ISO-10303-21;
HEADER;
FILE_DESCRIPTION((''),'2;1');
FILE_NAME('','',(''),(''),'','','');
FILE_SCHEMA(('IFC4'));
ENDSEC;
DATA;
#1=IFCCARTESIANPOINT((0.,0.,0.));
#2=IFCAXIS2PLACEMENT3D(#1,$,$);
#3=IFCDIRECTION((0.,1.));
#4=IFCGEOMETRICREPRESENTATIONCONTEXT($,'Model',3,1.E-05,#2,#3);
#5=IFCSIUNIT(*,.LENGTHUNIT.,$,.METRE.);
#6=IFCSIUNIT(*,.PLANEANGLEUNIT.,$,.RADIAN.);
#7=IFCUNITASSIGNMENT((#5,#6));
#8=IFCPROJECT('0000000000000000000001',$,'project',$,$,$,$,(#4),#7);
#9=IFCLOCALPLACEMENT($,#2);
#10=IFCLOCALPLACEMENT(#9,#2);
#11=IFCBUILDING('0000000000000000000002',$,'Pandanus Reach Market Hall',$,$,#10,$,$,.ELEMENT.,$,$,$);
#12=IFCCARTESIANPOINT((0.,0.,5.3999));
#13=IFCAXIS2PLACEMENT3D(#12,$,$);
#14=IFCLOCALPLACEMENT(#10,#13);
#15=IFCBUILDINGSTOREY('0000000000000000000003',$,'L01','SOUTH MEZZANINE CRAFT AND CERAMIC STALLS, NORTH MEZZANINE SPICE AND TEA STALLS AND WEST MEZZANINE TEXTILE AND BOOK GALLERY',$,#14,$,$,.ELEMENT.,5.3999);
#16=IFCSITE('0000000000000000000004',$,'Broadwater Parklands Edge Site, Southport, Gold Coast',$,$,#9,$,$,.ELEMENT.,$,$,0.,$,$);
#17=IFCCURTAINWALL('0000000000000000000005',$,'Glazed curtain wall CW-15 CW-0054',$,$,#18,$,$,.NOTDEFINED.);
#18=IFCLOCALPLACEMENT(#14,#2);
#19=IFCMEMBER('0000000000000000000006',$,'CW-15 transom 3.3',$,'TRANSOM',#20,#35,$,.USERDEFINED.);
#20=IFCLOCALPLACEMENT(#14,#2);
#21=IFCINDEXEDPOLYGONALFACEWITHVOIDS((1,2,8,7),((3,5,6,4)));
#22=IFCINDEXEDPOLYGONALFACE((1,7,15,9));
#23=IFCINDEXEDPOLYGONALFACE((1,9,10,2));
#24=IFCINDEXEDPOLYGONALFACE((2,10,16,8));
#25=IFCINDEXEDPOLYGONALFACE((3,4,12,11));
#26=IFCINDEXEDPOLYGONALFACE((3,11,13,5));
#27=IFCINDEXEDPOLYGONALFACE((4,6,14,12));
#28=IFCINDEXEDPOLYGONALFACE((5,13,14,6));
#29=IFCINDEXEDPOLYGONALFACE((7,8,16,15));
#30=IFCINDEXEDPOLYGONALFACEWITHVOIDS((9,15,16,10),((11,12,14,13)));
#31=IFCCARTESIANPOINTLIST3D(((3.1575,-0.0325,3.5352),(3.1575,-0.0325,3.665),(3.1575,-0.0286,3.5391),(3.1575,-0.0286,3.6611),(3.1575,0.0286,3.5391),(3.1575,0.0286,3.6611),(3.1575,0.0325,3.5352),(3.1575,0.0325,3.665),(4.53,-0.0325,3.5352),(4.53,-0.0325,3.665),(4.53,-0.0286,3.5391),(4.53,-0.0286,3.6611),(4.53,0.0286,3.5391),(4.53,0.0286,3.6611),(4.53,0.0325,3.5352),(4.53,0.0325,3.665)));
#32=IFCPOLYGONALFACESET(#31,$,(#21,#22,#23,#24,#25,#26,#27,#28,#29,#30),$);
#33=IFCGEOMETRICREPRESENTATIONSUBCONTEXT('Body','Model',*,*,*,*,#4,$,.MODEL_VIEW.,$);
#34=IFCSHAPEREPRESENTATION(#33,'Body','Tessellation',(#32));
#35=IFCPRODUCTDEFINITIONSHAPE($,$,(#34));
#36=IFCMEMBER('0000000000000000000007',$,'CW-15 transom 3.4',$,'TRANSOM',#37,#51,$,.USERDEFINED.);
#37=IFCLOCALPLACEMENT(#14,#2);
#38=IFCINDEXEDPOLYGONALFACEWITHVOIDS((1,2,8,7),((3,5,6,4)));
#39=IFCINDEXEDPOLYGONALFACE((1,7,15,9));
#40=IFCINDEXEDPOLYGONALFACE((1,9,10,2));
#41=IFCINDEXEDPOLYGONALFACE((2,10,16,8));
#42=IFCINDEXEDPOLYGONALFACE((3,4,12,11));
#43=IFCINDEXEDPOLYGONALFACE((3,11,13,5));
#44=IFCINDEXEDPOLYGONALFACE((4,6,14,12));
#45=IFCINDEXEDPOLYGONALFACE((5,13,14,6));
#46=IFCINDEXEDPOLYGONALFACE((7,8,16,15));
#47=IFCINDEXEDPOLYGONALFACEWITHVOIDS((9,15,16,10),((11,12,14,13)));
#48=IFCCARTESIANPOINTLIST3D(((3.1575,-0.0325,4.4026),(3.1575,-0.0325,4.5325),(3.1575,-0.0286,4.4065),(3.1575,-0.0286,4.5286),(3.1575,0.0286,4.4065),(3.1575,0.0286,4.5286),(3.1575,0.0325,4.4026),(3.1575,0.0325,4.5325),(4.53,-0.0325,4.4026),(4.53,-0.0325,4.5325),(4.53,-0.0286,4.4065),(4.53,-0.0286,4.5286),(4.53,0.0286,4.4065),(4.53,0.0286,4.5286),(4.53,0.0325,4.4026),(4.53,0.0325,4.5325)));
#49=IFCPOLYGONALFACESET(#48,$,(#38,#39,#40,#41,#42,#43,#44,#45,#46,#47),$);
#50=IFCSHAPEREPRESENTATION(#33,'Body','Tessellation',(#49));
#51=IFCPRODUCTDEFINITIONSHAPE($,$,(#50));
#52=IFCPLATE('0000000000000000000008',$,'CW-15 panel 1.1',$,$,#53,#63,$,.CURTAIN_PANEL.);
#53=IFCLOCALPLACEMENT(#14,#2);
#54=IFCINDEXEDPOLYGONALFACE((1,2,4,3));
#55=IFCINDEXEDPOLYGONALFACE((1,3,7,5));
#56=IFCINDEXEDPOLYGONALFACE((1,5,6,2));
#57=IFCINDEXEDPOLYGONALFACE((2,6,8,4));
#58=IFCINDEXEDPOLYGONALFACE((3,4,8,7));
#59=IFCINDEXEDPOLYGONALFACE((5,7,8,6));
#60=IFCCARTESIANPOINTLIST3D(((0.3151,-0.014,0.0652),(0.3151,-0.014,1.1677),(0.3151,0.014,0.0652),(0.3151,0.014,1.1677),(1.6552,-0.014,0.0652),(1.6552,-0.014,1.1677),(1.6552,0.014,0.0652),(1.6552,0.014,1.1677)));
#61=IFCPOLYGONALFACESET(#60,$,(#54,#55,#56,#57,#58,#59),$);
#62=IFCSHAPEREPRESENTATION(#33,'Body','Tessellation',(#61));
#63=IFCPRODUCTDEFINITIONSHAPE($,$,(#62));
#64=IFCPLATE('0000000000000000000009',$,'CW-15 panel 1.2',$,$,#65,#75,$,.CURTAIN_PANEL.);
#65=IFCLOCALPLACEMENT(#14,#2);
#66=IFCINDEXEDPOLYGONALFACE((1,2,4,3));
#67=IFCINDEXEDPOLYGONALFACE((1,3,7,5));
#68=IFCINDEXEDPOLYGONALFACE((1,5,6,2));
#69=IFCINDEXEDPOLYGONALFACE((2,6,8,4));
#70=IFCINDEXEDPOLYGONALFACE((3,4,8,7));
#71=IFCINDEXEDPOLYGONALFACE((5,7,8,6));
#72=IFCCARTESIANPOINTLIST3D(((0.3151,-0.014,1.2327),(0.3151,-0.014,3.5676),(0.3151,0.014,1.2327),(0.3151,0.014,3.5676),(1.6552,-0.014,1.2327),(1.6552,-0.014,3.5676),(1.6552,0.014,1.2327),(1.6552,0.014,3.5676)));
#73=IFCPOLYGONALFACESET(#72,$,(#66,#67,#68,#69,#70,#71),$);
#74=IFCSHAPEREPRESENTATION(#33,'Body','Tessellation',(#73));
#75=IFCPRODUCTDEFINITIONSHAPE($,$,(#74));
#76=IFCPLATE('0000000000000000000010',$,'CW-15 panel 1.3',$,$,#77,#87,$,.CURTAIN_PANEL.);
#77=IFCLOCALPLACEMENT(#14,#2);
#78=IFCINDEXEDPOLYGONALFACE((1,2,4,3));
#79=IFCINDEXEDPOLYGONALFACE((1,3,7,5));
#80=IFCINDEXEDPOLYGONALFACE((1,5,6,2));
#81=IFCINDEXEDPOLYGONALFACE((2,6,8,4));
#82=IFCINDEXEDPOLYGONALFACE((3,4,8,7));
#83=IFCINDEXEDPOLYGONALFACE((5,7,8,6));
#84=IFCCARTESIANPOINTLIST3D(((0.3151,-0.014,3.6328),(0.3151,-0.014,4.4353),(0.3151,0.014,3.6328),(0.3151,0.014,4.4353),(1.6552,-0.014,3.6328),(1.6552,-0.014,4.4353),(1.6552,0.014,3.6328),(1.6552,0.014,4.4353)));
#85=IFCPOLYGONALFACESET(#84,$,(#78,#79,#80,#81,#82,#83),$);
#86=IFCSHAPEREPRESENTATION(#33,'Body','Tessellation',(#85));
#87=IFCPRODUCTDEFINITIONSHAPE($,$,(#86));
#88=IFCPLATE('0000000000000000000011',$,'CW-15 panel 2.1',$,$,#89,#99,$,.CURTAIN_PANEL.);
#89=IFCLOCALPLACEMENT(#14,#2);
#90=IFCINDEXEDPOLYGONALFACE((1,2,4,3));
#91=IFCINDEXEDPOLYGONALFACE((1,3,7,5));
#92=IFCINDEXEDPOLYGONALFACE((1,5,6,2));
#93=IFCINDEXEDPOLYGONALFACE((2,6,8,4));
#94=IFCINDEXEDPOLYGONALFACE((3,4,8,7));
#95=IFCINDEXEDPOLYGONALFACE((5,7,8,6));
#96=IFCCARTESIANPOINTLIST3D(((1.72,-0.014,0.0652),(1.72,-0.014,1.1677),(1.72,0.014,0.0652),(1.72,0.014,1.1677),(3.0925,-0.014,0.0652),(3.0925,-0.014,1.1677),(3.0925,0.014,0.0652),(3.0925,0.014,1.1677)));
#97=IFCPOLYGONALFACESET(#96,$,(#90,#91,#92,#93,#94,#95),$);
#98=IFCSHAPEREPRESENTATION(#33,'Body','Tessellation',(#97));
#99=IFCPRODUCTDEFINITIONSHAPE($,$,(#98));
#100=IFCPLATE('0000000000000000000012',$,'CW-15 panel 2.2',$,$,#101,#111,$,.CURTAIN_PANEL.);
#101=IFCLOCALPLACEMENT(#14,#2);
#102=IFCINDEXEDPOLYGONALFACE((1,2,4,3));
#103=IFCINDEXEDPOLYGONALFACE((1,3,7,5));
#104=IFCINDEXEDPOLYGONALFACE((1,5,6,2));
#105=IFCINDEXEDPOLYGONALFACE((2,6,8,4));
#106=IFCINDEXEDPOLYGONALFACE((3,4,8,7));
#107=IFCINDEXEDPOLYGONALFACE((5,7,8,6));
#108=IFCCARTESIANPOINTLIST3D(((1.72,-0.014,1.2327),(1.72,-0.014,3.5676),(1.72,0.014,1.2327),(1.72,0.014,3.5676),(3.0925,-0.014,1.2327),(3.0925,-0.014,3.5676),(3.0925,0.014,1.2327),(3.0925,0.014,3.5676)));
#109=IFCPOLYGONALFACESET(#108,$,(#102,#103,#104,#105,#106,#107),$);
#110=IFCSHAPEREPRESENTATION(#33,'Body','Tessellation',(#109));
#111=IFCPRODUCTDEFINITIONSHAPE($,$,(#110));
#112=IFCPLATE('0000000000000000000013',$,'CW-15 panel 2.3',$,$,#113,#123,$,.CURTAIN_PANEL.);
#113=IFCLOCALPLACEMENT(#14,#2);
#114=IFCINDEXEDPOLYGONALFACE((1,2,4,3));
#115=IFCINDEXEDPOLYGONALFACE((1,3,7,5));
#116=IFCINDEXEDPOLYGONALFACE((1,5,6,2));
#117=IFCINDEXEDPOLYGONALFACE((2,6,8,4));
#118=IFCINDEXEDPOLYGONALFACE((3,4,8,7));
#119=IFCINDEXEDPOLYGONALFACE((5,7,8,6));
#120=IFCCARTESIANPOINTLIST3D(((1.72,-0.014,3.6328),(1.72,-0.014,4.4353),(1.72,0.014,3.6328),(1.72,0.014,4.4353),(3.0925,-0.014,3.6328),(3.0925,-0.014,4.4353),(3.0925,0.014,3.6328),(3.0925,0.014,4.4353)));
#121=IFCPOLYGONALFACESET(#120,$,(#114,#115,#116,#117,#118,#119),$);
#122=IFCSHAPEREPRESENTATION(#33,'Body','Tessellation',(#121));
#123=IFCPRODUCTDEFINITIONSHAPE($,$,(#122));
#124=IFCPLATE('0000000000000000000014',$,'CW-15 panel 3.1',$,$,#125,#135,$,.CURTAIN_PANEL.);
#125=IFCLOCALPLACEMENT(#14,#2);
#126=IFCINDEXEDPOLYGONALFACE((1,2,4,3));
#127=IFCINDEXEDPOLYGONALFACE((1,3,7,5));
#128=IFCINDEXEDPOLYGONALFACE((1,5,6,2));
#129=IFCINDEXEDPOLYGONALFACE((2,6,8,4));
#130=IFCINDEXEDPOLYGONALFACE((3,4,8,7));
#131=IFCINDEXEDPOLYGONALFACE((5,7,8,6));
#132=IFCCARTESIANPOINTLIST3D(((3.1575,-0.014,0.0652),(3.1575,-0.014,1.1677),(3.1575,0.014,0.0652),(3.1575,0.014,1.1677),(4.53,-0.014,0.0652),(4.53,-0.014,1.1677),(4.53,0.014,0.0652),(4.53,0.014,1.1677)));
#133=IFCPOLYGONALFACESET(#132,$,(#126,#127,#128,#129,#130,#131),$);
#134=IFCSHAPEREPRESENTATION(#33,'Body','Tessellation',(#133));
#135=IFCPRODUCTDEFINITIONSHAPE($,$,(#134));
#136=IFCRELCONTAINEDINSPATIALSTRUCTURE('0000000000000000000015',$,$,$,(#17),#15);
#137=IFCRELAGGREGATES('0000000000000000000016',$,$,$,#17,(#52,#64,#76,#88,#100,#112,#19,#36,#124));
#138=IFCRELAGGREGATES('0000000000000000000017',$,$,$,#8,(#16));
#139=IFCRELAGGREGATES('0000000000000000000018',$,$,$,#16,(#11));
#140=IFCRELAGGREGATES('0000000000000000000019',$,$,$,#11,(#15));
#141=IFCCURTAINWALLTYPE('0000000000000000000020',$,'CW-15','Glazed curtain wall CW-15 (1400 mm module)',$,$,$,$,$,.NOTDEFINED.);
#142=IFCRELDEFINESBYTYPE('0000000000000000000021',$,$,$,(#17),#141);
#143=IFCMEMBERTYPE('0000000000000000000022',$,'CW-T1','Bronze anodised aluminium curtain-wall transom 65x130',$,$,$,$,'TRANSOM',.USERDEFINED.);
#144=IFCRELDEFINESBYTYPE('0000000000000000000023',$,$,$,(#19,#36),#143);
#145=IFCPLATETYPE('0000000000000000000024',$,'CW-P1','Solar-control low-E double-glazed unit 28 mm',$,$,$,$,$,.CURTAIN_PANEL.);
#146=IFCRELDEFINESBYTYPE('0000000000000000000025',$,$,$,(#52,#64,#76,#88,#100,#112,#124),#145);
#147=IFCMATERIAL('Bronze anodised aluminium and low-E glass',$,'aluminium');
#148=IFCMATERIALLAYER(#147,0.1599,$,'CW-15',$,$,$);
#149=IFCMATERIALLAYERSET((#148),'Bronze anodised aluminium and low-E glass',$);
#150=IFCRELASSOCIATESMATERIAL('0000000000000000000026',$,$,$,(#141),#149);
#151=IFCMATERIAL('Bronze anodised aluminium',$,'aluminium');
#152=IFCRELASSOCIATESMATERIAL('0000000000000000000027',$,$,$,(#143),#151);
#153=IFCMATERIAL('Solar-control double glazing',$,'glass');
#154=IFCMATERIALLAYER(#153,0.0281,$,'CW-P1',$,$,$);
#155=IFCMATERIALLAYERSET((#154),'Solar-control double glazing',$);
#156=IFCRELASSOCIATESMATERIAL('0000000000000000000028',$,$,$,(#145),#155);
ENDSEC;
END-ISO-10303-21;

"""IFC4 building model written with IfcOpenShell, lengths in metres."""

from ifc_helpers import new_model, si_unit, direction, frame, origin, origin_2d, place, context, subcontext, project, spatial, rectangle, hollow_rectangle, extrude, material, layer, layer_set, material_profile, profile_set, type_object, element, aggregate, save


model = new_model("IFC4")

# Units and contexts
model_context = context("Model", 3, precision=1e-05, world=origin(), true_north=direction((0.0, 1.0)))
body_context = subcontext(model_context, "Body", "Model", "MODEL_VIEW")
ifc_project = project(units=[si_unit("LENGTHUNIT", "METRE"), si_unit("PLANEANGLEUNIT", "RADIAN")], contexts=[model_context])

# Site, building, storey
site_placement = place(None, origin())
site = spatial("IfcSite", under=ifc_project, at=site_placement, Name="Broadwater Parklands Edge Site, Southport, Gold Coast", CompositionType="ELEMENT", RefElevation=0.0)
building_placement = place(site_placement, origin())
building = spatial("IfcBuilding", under=site, at=building_placement, Name="Pandanus Reach Market Hall", CompositionType="ELEMENT")
storey_placement = place(building_placement, frame((0.0, 0.0, 5.3999)))
storey = spatial("IfcBuildingStorey", under=building, at=storey_placement, Name="L01", Description="SOUTH MEZZANINE CRAFT AND CERAMIC STALLS, NORTH MEZZANINE SPICE AND TEA STALLS AND WEST MEZZANINE TEXTILE AND BOOK GALLERY", CompositionType="ELEMENT", Elevation=5.3999)

# Curtain wall, members, plates
ifc_material_1 = material(Name="Bronze anodised aluminium and low-E glass", Category="aluminium")
ifc_layer_1 = layer(ifc_material_1, 0.1599, Name="CW-15")
ifc_layer_set_1 = layer_set([ifc_layer_1], Name="Bronze anodised aluminium and low-E glass")
curtain_wall_type = type_object("IfcCurtainWallType", Name="CW-15", Description="Glazed curtain wall CW-15 (1400 mm module)", PredefinedType="NOTDEFINED", material=ifc_layer_set_1)
curtain_wall_placement = place(storey_placement, origin())
curtain_wall = element("IfcCurtainWall", 1, at=curtain_wall_placement, inside=storey, type_object=curtain_wall_type, Name="Glazed curtain wall CW-15 CW-0054", PredefinedType="NOTDEFINED")
ifc_material_2 = material(Name="Bronze anodised aluminium", Category="aluminium")
ifc_material_profile_1 = material_profile(ifc_material_2, hollow_rectangle(XDim=0.0649, YDim=0.1299, WallThickness=0.0039, at=origin_2d()), Name="ALU65x130", Category="LoadBearing")
ifc_profile_set_1 = profile_set([ifc_material_profile_1], Name="Bronze anodised aluminium")
member_type_1 = type_object("IfcMemberType", Name="CW-T1", Description="Bronze anodised aluminium curtain-wall transom 65x130", ElementType="TRANSOM", PredefinedType="USERDEFINED", material=ifc_profile_set_1)
member_1_placement = place(storey_placement, frame((3.1575, 0.0, 3.6001), z_axis=(1.0, 0.0, 0.0), x_axis=(0.0, 1.0, 0.0)))
member_1 = element("IfcMember", 2, at=member_1_placement, type_object=member_type_1, Name="CW-15 transom 3.3", ObjectType="TRANSOM", PredefinedType="USERDEFINED", context=body_context, shape_type="SweptSolid", body=[
    extrude(hollow_rectangle(XDim=0.0649, YDim=0.1299, WallThickness=0.0039, at=origin_2d()), origin(), (0.0, 0.0, 1.0), 1.3726),
])
member_2_placement = place(storey_placement, frame((3.1575, 0.0, 4.4675), z_axis=(1.0, 0.0, 0.0), x_axis=(0.0, 1.0, 0.0)))
member_2 = element("IfcMember", 3, at=member_2_placement, type_object=member_type_1, Name="CW-15 transom 3.4", ObjectType="TRANSOM", PredefinedType="USERDEFINED", context=body_context, shape_type="SweptSolid", body=[
    extrude(hollow_rectangle(XDim=0.0649, YDim=0.1299, WallThickness=0.0039, at=origin_2d()), origin(), (0.0, 0.0, 1.0), 1.3726),
])
ifc_material_3 = material(Name="Solar-control double glazing", Category="glass")
ifc_layer_2 = layer(ifc_material_3, 0.0281, Name="CW-P1")
ifc_layer_set_2 = layer_set([ifc_layer_2], Name="Solar-control double glazing")
plate_type = type_object("IfcPlateType", Name="CW-P1", Description="Solar-control low-E double-glazed unit 28 mm", PredefinedType="CURTAIN_PANEL", material=ifc_layer_set_2)
plate_1_placement = place(storey_placement, frame((0.9851, 0.0, 0.0652), z_axis=(0.0, 0.0, 1.0), x_axis=(1.0, 0.0, 0.0)))
plate_1 = element("IfcPlate", 4, at=plate_1_placement, type_object=plate_type, Name="CW-15 panel 1.1", PredefinedType="CURTAIN_PANEL", context=body_context, shape_type="SweptSolid", body=[
    extrude(rectangle(XDim=1.3401, YDim=0.0281, at=origin_2d()), origin(), (0.0, 0.0, 1.0), 1.1025),
])
plate_2_placement = place(storey_placement, frame((0.9851, 0.0, 1.2327), z_axis=(0.0, 0.0, 1.0), x_axis=(1.0, 0.0, 0.0)))
plate_2 = element("IfcPlate", 5, at=plate_2_placement, type_object=plate_type, Name="CW-15 panel 1.2", PredefinedType="CURTAIN_PANEL", context=body_context, shape_type="SweptSolid", body=[
    extrude(rectangle(XDim=1.3401, YDim=0.0281, at=origin_2d()), origin(), (0.0, 0.0, 1.0), 2.335),
])
plate_3_placement = place(storey_placement, frame((0.9851, 0.0, 3.6328), z_axis=(0.0, 0.0, 1.0), x_axis=(1.0, 0.0, 0.0)))
plate_3 = element("IfcPlate", 6, at=plate_3_placement, type_object=plate_type, Name="CW-15 panel 1.3", PredefinedType="CURTAIN_PANEL", context=body_context, shape_type="SweptSolid", body=[
    extrude(rectangle(XDim=1.3401, YDim=0.0281, at=origin_2d()), origin(), (0.0, 0.0, 1.0), 0.8025),
])
plate_4_placement = place(storey_placement, frame((2.4062, 0.0, 0.0652), z_axis=(0.0, 0.0, 1.0), x_axis=(1.0, 0.0, 0.0)))
plate_4 = element("IfcPlate", 7, at=plate_4_placement, type_object=plate_type, Name="CW-15 panel 2.1", PredefinedType="CURTAIN_PANEL", context=body_context, shape_type="SweptSolid", body=[
    extrude(rectangle(XDim=1.3726, YDim=0.0281, at=origin_2d()), origin(), (0.0, 0.0, 1.0), 1.1025),
])
plate_5_placement = place(storey_placement, frame((2.4062, 0.0, 1.2327), z_axis=(0.0, 0.0, 1.0), x_axis=(1.0, 0.0, 0.0)))
plate_5 = element("IfcPlate", 8, at=plate_5_placement, type_object=plate_type, Name="CW-15 panel 2.2", PredefinedType="CURTAIN_PANEL", context=body_context, shape_type="SweptSolid", body=[
    extrude(rectangle(XDim=1.3726, YDim=0.0281, at=origin_2d()), origin(), (0.0, 0.0, 1.0), 2.335),
])
plate_6_placement = place(storey_placement, frame((2.4062, 0.0, 3.6328), z_axis=(0.0, 0.0, 1.0), x_axis=(1.0, 0.0, 0.0)))
plate_6 = element("IfcPlate", 9, at=plate_6_placement, type_object=plate_type, Name="CW-15 panel 2.3", PredefinedType="CURTAIN_PANEL", context=body_context, shape_type="SweptSolid", body=[
    extrude(rectangle(XDim=1.3726, YDim=0.0281, at=origin_2d()), origin(), (0.0, 0.0, 1.0), 0.8025),
])
plate_7_placement = place(storey_placement, frame((3.8438, 0.0, 0.0652), z_axis=(0.0, 0.0, 1.0), x_axis=(1.0, 0.0, 0.0)))
plate_7 = element("IfcPlate", 10, at=plate_7_placement, type_object=plate_type, Name="CW-15 panel 3.1", PredefinedType="CURTAIN_PANEL", context=body_context, shape_type="SweptSolid", body=[
    extrude(rectangle(XDim=1.3726, YDim=0.0281, at=origin_2d()), origin(), (0.0, 0.0, 1.0), 1.1025),
])
aggregate(curtain_wall, [plate_1, plate_2, plate_3, plate_4, plate_5, plate_6, member_1, member_2, plate_7])

save(model, "model.ifc")
